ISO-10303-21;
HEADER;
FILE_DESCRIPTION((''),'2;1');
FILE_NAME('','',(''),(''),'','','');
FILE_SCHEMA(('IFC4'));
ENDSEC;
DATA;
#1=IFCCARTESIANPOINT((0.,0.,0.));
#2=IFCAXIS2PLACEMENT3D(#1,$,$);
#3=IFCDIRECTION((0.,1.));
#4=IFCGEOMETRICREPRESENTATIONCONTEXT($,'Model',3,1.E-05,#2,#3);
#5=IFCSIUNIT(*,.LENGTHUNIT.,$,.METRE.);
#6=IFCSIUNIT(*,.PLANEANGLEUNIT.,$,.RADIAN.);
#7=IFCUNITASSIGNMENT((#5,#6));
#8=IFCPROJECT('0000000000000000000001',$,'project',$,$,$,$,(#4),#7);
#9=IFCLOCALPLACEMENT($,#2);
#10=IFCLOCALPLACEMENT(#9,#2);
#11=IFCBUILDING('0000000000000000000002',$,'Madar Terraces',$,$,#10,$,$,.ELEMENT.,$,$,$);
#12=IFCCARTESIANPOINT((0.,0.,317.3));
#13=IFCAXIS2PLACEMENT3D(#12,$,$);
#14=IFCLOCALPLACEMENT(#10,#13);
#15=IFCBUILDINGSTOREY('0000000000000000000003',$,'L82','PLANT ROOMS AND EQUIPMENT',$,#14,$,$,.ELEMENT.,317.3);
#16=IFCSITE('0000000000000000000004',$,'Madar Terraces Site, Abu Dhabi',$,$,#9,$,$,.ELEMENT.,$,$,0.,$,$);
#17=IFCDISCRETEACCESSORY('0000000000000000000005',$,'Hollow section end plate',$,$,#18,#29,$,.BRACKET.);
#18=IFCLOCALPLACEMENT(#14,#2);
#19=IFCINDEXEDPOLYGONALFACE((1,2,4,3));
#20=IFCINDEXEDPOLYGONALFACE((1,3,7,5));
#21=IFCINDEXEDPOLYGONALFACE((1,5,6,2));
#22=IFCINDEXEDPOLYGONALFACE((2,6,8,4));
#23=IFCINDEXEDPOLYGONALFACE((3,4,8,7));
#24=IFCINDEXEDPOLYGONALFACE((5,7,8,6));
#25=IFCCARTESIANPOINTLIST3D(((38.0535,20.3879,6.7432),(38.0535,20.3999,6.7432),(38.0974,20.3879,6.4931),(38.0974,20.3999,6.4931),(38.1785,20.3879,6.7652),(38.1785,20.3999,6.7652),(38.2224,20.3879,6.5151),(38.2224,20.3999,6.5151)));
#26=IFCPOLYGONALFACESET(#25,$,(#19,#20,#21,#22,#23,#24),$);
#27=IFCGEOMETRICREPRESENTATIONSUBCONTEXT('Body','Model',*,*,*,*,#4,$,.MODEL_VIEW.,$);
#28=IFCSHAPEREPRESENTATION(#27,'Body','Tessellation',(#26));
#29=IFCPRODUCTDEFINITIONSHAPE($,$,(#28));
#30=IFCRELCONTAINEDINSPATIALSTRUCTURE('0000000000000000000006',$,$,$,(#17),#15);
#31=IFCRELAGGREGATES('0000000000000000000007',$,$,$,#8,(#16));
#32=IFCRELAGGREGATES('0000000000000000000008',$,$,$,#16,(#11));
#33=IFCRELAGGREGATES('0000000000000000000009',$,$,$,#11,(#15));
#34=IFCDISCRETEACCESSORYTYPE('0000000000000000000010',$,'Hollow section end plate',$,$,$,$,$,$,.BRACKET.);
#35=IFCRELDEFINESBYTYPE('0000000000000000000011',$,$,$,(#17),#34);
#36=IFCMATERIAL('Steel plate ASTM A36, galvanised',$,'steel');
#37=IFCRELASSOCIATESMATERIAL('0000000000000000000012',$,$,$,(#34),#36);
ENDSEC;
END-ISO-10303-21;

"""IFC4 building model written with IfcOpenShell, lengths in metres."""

from ifc_helpers import new_model, si_unit, direction, frame, origin, origin_2d, place, context, subcontext, project, spatial, rectangle, extrude, material, type_object, element, save


model = new_model("IFC4")

# Units and contexts
model_context = context("Model", 3, precision=1e-05, world=origin(), true_north=direction((0.0, 1.0)))
body_context = subcontext(model_context, "Body", "Model", "MODEL_VIEW")
ifc_project = project(units=[si_unit("LENGTHUNIT", "METRE"), si_unit("PLANEANGLEUNIT", "RADIAN")], contexts=[model_context])

# Site, building, storey
site_placement = place(None, origin())
site = spatial("IfcSite", under=ifc_project, at=site_placement, Name="Madar Terraces Site, Abu Dhabi", CompositionType="ELEMENT", RefElevation=0.0)
building_placement = place(site_placement, origin())
building = spatial("IfcBuilding", under=site, at=building_placement, Name="Madar Terraces", CompositionType="ELEMENT")
storey_placement = place(building_placement, frame((0.0, 0.0, 317.3)))
storey = spatial("IfcBuildingStorey", under=building, at=storey_placement, Name="L82", Description="PLANT ROOMS AND EQUIPMENT", CompositionType="ELEMENT", Elevation=317.3)

# Discrete accessory
ifc_material_1 = material(Name="Steel plate ASTM A36, galvanised", Category="steel")
discrete_accessory_type = type_object("IfcDiscreteAccessoryType", Name="Hollow section end plate", PredefinedType="BRACKET", material=ifc_material_1)
for number, where, z_axis, x_axis, name in (
    (1, (38.1379, 20.3999, 6.6292), (0.0, -1.0, 0.0), (0.984957, 0.0, 0.172799), "Hollow section end plate"),
):
    element("IfcDiscreteAccessory", number, at=place(storey_placement, frame(where, z_axis=z_axis, x_axis=x_axis)), inside=storey, type_object=discrete_accessory_type, Name=name, PredefinedType="BRACKET", context=body_context, shape_type="SweptSolid", body=[
        extrude(rectangle(XDim=0.127, YDim=0.2539, at=origin_2d()), origin(), (0.0, 0.0, 1.0), 0.012),
    ])

save(model, "model.ifc")
